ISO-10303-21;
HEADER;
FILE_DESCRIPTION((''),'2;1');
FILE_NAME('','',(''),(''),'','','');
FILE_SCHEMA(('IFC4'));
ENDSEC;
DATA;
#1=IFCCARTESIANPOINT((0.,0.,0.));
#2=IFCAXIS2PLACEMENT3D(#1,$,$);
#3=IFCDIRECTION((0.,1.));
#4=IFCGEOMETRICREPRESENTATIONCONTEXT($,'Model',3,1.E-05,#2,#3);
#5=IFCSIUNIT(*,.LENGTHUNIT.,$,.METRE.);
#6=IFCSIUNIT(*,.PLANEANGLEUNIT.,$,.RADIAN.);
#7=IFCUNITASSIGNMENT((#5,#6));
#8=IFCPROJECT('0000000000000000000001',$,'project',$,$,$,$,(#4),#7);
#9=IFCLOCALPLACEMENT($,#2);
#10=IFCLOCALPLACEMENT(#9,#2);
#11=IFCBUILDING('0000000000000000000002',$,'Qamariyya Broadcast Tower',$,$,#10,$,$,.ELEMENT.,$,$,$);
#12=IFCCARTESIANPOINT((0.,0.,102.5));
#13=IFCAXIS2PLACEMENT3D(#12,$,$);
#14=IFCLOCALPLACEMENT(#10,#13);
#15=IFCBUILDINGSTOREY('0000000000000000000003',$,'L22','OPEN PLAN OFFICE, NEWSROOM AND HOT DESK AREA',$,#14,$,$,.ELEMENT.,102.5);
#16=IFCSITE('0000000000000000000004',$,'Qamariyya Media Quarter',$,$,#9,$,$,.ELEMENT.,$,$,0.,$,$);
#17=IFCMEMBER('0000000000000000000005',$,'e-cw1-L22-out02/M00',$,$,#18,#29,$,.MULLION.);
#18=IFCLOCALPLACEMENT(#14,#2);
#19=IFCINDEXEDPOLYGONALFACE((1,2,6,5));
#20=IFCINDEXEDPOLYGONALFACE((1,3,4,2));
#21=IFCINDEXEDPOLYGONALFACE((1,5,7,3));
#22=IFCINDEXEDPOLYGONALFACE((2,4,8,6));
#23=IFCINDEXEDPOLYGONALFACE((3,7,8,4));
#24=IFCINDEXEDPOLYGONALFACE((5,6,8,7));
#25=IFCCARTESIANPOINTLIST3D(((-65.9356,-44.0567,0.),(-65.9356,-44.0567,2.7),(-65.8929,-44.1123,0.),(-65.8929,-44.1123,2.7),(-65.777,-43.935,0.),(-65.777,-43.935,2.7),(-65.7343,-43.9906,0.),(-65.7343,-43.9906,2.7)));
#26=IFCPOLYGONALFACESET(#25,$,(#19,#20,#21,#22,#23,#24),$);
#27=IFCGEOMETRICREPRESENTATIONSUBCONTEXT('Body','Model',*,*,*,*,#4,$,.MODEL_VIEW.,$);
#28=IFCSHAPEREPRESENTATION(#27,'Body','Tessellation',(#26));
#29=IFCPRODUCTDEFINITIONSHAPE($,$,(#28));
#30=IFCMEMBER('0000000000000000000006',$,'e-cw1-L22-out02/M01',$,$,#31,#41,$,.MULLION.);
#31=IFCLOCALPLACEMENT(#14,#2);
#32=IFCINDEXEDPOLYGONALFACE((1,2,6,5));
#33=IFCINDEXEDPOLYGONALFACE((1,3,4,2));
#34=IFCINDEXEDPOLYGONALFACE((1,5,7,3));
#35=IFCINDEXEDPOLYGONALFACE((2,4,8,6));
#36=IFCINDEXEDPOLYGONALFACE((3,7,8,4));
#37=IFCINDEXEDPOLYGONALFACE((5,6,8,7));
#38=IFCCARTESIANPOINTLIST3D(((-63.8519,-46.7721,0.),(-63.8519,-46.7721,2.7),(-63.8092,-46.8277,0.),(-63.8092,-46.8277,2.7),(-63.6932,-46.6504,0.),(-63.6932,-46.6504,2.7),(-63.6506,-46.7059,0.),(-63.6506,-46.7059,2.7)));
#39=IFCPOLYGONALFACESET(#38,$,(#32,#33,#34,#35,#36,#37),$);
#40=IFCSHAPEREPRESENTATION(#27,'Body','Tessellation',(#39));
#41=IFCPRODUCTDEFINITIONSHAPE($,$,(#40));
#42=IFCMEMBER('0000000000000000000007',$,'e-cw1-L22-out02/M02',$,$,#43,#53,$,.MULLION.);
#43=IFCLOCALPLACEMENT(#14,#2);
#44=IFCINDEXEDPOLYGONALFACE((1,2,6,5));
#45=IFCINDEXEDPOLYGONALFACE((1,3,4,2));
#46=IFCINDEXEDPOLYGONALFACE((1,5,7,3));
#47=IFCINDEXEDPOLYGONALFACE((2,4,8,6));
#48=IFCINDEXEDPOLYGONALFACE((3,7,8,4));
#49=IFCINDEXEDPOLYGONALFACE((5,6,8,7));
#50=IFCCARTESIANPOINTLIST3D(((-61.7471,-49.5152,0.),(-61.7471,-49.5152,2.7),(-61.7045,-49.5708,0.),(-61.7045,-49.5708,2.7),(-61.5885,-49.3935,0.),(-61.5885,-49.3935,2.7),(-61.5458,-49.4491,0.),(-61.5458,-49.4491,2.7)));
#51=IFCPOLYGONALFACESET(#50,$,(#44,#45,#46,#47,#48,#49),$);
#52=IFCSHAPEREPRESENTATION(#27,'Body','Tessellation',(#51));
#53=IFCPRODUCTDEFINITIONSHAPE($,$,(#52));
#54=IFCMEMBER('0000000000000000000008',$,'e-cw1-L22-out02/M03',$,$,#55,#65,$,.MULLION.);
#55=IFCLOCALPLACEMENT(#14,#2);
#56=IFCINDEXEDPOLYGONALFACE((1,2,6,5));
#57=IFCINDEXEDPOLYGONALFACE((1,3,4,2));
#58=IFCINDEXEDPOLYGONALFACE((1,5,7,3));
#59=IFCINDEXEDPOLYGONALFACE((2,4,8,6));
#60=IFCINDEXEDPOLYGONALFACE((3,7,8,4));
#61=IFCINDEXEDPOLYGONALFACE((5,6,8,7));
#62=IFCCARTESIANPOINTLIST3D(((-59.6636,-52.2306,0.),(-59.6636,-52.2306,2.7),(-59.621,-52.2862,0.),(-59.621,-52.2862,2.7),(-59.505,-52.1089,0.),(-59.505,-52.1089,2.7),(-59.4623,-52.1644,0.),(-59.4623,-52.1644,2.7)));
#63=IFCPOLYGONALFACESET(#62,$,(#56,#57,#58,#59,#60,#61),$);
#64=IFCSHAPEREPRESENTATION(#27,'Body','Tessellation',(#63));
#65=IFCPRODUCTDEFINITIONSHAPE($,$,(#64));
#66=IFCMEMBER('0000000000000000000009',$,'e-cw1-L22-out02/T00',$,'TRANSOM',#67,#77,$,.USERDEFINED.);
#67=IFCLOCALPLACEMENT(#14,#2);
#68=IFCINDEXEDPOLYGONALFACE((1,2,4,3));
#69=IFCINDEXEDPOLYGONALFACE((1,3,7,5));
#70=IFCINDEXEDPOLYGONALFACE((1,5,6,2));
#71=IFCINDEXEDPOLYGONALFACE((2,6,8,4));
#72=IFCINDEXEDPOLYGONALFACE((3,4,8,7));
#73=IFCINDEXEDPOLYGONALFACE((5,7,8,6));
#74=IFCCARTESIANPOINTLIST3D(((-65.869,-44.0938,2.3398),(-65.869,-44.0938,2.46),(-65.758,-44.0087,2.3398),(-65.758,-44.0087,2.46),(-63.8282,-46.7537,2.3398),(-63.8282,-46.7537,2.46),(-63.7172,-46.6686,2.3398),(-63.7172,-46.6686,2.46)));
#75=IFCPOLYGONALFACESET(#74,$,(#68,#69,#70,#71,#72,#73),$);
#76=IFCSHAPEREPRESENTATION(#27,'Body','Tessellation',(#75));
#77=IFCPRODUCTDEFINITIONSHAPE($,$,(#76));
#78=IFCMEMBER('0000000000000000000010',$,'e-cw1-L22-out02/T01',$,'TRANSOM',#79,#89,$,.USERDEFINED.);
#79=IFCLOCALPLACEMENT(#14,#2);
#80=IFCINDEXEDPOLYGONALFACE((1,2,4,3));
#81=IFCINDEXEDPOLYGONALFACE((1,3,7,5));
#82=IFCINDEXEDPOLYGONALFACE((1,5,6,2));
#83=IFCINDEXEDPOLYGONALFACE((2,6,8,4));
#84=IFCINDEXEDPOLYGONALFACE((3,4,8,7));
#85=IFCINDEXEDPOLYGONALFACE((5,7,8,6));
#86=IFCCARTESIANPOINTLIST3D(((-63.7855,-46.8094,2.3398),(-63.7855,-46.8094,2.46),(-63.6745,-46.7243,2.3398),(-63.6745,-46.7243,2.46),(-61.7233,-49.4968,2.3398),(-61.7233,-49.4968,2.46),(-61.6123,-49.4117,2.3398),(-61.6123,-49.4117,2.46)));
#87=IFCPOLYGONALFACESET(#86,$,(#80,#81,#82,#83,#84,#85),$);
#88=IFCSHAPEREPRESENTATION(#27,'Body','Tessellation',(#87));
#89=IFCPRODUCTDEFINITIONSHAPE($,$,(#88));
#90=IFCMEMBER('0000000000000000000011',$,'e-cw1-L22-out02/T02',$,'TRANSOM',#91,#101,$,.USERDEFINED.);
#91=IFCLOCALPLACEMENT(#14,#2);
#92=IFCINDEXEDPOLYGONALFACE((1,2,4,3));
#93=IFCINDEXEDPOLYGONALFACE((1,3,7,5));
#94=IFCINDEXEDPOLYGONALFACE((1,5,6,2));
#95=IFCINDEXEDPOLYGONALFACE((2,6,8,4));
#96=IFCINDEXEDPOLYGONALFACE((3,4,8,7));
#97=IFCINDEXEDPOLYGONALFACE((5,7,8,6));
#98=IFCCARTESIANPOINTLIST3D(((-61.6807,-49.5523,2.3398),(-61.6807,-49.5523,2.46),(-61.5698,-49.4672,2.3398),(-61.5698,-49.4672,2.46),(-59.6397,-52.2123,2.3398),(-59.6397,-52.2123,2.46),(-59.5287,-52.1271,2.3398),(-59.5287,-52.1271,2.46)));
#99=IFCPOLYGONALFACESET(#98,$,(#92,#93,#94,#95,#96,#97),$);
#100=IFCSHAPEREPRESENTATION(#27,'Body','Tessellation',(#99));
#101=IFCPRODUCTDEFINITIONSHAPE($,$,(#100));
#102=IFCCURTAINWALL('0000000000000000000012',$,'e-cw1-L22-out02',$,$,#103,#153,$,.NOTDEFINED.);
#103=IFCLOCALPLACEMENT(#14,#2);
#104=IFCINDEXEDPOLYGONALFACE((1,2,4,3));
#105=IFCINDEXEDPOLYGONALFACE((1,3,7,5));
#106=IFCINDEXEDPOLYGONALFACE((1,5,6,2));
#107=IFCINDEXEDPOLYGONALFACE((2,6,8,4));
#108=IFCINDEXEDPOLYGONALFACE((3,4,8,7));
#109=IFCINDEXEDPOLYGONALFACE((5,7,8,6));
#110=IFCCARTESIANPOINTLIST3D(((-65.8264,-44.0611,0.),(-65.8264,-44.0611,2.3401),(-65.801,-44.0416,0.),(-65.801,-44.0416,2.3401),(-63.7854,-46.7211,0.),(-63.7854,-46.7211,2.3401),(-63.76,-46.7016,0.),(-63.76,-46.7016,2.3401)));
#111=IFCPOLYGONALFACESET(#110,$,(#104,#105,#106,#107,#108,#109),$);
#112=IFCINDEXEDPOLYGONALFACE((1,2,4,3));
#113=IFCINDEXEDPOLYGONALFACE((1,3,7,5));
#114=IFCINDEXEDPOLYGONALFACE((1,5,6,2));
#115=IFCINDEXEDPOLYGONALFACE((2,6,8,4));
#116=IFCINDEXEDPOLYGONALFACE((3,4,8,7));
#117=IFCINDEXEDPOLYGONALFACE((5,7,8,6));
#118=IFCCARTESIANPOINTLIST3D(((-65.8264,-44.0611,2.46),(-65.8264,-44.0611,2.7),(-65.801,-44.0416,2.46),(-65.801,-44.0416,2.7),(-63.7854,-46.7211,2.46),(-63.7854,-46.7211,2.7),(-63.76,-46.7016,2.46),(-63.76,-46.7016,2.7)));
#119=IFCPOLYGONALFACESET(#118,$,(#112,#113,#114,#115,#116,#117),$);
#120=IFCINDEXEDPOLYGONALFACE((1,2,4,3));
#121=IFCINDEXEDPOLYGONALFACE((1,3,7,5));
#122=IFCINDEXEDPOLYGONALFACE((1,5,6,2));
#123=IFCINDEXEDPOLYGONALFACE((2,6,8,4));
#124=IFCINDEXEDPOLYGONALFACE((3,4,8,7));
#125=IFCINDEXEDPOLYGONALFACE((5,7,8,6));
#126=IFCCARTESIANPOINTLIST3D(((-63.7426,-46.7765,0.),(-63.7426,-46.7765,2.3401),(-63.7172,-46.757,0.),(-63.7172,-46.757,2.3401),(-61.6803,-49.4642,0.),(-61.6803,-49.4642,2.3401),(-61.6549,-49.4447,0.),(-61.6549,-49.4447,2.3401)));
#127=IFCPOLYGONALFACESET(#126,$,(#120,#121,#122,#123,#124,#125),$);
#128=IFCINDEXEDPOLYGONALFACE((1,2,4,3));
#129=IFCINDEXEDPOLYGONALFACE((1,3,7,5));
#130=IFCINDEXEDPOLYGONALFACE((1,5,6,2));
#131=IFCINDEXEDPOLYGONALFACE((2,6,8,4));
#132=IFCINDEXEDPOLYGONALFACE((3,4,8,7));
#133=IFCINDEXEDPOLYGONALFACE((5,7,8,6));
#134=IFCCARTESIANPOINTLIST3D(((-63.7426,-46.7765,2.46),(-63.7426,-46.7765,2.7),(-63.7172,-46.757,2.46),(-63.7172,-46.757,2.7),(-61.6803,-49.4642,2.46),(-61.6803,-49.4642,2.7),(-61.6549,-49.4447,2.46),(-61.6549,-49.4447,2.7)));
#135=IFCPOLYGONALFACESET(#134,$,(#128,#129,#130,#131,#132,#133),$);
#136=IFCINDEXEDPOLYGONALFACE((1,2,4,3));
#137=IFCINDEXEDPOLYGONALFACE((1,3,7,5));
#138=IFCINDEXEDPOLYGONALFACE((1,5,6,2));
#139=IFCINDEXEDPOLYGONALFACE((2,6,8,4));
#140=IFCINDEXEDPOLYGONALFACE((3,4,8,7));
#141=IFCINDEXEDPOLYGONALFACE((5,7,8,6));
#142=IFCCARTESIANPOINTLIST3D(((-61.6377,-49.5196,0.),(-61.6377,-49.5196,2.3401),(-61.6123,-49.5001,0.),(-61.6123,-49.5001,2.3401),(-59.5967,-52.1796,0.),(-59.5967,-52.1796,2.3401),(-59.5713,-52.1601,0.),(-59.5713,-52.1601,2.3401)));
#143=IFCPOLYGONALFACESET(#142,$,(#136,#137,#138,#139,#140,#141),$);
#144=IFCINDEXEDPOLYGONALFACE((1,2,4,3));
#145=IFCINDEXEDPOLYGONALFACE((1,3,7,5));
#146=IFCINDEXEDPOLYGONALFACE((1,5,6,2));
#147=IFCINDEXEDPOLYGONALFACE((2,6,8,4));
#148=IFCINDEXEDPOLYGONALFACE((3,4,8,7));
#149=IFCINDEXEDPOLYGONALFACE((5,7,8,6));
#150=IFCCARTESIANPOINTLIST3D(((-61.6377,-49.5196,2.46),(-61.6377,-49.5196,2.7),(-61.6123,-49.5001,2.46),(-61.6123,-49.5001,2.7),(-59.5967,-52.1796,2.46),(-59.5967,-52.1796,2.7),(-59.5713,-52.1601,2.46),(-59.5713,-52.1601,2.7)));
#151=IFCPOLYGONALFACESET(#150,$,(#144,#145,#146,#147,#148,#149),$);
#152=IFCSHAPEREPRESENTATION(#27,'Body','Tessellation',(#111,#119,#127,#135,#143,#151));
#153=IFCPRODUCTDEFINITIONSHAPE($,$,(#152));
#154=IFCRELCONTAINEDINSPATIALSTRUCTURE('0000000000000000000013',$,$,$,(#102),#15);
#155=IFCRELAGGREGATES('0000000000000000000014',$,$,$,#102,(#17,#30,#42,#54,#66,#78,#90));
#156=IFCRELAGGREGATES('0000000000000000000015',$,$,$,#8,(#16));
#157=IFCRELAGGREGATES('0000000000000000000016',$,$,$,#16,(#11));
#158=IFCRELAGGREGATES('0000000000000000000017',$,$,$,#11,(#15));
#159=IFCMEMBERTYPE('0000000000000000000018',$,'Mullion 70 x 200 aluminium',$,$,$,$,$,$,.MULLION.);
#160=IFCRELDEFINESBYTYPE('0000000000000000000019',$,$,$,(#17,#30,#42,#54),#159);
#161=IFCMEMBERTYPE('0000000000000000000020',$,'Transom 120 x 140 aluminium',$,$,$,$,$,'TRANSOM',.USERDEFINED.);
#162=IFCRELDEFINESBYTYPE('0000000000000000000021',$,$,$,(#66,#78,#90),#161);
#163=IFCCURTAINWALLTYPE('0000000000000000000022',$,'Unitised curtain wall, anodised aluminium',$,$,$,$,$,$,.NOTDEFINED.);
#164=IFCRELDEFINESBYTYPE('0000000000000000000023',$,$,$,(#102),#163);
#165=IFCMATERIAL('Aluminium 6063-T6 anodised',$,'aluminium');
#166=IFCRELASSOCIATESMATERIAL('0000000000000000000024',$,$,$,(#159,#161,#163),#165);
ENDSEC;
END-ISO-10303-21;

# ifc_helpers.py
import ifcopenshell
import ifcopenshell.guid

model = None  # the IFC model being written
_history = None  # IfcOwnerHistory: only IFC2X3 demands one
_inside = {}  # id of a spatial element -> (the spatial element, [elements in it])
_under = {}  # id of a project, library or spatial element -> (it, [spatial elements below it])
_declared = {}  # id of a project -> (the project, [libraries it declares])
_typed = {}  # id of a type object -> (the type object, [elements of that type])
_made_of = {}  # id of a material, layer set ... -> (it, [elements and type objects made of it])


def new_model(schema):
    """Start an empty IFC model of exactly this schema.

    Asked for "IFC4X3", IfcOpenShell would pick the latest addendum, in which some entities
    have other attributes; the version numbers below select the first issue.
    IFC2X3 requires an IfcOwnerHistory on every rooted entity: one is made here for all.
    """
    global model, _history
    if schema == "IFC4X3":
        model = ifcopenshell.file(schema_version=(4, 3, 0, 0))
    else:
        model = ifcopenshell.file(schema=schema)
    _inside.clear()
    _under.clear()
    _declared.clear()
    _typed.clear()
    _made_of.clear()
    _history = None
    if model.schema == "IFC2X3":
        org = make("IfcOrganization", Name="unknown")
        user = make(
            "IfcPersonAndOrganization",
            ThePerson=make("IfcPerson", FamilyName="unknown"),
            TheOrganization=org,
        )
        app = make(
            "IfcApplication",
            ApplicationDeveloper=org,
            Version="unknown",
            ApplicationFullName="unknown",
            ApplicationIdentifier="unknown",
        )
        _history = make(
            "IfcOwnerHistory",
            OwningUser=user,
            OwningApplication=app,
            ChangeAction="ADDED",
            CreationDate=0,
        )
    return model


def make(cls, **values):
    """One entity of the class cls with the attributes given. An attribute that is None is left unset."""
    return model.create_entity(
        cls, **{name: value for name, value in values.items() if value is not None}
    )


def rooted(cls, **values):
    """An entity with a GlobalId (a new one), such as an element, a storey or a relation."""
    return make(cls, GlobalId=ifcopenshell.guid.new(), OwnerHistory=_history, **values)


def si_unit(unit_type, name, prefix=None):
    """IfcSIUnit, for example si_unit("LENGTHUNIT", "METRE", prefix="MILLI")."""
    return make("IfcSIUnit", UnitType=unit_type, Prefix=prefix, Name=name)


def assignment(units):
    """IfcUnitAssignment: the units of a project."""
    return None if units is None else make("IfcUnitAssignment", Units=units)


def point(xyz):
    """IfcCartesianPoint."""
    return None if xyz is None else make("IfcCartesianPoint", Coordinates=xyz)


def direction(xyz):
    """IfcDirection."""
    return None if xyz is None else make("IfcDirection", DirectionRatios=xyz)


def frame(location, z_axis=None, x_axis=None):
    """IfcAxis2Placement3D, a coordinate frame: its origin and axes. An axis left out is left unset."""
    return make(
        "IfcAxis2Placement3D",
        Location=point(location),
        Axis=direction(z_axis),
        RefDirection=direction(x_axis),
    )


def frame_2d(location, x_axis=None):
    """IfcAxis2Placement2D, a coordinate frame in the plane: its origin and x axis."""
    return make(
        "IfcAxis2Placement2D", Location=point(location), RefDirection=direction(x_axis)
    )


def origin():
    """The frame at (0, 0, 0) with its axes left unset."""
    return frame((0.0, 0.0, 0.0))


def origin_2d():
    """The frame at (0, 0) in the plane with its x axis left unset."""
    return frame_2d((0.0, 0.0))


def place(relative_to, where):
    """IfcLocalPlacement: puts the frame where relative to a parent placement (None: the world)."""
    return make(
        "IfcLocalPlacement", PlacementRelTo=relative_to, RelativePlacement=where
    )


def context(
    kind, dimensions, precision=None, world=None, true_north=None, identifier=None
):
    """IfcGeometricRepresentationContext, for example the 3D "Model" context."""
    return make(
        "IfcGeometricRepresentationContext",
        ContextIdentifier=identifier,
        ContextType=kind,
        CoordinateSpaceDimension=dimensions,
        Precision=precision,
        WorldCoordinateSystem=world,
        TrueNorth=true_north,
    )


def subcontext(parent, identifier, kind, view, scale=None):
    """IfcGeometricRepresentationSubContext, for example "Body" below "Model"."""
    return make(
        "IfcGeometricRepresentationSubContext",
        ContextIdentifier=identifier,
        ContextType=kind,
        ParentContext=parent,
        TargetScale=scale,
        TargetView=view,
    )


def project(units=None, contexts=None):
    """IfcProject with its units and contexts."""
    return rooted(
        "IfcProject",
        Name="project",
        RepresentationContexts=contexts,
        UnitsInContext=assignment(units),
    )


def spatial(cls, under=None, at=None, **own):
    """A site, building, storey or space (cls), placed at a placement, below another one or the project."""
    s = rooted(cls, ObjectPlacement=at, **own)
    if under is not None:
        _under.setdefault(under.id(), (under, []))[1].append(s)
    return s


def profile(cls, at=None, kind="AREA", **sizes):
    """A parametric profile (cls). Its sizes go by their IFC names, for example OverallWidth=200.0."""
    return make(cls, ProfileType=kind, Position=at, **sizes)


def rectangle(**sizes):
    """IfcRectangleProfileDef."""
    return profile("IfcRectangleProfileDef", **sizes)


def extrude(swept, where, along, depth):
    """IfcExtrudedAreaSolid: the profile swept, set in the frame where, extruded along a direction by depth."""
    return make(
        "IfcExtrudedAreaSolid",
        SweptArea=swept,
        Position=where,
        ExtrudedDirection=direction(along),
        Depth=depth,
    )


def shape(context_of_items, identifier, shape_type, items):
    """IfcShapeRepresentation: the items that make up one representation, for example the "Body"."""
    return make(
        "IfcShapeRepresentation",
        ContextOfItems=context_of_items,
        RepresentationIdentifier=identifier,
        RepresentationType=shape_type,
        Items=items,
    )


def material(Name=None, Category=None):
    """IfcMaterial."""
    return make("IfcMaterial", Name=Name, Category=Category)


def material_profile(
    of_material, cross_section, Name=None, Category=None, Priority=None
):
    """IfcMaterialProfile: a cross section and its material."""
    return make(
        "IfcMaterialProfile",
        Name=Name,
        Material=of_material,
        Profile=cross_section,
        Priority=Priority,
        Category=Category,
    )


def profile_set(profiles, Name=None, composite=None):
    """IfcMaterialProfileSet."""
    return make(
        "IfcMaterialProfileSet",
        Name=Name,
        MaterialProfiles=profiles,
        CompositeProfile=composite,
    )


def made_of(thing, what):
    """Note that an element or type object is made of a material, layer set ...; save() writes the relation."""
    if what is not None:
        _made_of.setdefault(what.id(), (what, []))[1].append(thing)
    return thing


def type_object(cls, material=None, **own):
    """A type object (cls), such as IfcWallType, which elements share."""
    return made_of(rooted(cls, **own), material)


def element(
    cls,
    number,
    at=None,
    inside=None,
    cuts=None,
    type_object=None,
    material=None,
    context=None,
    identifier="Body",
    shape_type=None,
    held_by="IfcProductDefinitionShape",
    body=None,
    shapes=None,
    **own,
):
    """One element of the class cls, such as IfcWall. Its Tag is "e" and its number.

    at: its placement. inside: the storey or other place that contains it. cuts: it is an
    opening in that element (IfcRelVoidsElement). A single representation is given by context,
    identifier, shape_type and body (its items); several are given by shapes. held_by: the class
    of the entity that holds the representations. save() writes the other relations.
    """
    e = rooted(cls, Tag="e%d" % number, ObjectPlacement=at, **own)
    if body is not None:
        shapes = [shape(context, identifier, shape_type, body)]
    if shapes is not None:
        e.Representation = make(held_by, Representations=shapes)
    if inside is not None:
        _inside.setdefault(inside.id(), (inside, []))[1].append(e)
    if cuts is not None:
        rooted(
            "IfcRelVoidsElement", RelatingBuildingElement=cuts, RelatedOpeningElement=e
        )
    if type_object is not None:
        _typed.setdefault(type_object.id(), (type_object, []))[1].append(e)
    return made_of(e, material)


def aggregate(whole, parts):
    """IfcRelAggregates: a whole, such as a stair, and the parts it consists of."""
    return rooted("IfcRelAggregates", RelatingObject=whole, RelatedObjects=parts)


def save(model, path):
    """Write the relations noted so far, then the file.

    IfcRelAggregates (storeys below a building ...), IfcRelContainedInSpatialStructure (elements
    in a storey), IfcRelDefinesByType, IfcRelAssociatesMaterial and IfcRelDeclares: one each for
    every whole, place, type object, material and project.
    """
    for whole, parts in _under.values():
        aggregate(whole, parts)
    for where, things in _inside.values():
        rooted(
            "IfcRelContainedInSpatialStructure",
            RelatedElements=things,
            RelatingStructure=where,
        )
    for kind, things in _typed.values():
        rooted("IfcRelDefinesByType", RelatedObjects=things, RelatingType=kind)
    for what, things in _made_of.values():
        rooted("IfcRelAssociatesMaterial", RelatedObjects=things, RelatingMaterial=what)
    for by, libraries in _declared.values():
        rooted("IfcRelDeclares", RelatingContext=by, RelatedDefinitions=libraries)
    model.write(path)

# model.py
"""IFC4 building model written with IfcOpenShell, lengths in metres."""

from ifc_helpers import new_model, si_unit, direction, frame, origin, origin_2d, place, context, subcontext, project, spatial, rectangle, extrude, material, material_profile, profile_set, type_object, element, aggregate, save


model = new_model("IFC4")

# Units and contexts
model_context = context("Model", 3, precision=1e-05, world=origin(), true_north=direction((0.0, 1.0)))
body_context = subcontext(model_context, "Body", "Model", "MODEL_VIEW")
ifc_project = project(units=[si_unit("LENGTHUNIT", "METRE"), si_unit("PLANEANGLEUNIT", "RADIAN")], contexts=[model_context])

# Members
ifc_material = material(Name="Aluminium 6063-T6 anodised", Category="aluminium")
ifc_material_profile_1 = material_profile(ifc_material, rectangle(XDim=0.2, YDim=0.0701, at=origin_2d()))
ifc_profile_set_1 = profile_set([ifc_material_profile_1], Name="Aluminium 6063-T6 anodised")
member_type_1 = type_object("IfcMemberType", Name="Mullion 70 x 200 aluminium", PredefinedType="MULLION", material=ifc_profile_set_1)
site_placement = place(None, origin())
building_placement = place(site_placement, origin())
storey_placement = place(building_placement, frame((0.0, 0.0, 102.5)))
member_1_placement = place(storey_placement, frame((-65.835, -44.0237, 0.0), z_axis=(0.0, 0.0, 1.0), x_axis=(0.793353, 0.608761, 0.0)))
member_1 = element("IfcMember", 1, at=member_1_placement, type_object=member_type_1, Name="e-cw1-L22-out02/M00", PredefinedType="MULLION", context=body_context, shape_type="SweptSolid", body=[
    extrude(rectangle(XDim=0.2, YDim=0.0701, at=origin_2d()), origin(), (0.0, 0.0, 1.0), 2.7),
])
member_2_placement = place(storey_placement, frame((-63.7512, -46.739, 0.0), z_axis=(0.0, 0.0, 1.0), x_axis=(0.793353, 0.608761, 0.0)))
member_2 = element("IfcMember", 2, at=member_2_placement, type_object=member_type_1, Name="e-cw1-L22-out02/M01", PredefinedType="MULLION", context=body_context, shape_type="SweptSolid", body=[
    extrude(rectangle(XDim=0.2, YDim=0.0701, at=origin_2d()), origin(), (0.0, 0.0, 1.0), 2.7),
])
member_3_placement = place(storey_placement, frame((-61.6465, -49.4822, 0.0), z_axis=(0.0, 0.0, 1.0), x_axis=(0.793353, 0.608761, 0.0)))
member_3 = element("IfcMember", 3, at=member_3_placement, type_object=member_type_1, Name="e-cw1-L22-out02/M02", PredefinedType="MULLION", context=body_context, shape_type="SweptSolid", body=[
    extrude(rectangle(XDim=0.2, YDim=0.0701, at=origin_2d()), origin(), (0.0, 0.0, 1.0), 2.7),
])
member_4_placement = place(storey_placement, frame((-59.563, -52.1975, 0.0), z_axis=(0.0, 0.0, 1.0), x_axis=(0.793353, 0.608761, 0.0)))
member_4 = element("IfcMember", 4, at=member_4_placement, type_object=member_type_1, Name="e-cw1-L22-out02/M03", PredefinedType="MULLION", context=body_context, shape_type="SweptSolid", body=[
    extrude(rectangle(XDim=0.2, YDim=0.0701, at=origin_2d()), origin(), (0.0, 0.0, 1.0), 2.7),
])
ifc_material_profile_2 = material_profile(ifc_material, rectangle(XDim=0.1399, YDim=0.1201, at=origin_2d()))
ifc_profile_set_2 = profile_set([ifc_material_profile_2], Name="Aluminium 6063-T6 anodised")
member_type_2 = type_object("IfcMemberType", Name="Transom 120 x 140 aluminium", ElementType="TRANSOM", PredefinedType="USERDEFINED", material=ifc_profile_set_2)
member_5_placement = place(storey_placement, frame((-65.8135, -44.0513, 2.3999), z_axis=(0.608714, -0.793389, 0.0), x_axis=(0.793389, 0.608714, 0.0)))
member_5 = element("IfcMember", 5, at=member_5_placement, type_object=member_type_2, Name="e-cw1-L22-out02/T00", ObjectType="TRANSOM", PredefinedType="USERDEFINED", context=body_context, shape_type="SweptSolid", body=[
    extrude(rectangle(XDim=0.1399, YDim=0.1201, at=origin_2d()), origin(), (0.0, 0.0, 1.0), 3.3525),
])
member_6_placement = place(storey_placement, frame((-63.73, -46.7668, 2.3999), z_axis=(0.608773, -0.793344, 0.0), x_axis=(0.793344, 0.608773, 0.0)))
member_6 = element("IfcMember", 6, at=member_6_placement, type_object=member_type_2, Name="e-cw1-L22-out02/T01", ObjectType="TRANSOM", PredefinedType="USERDEFINED", context=body_context, shape_type="SweptSolid", body=[
    extrude(rectangle(XDim=0.1399, YDim=0.1201, at=origin_2d()), origin(), (0.0, 0.0, 1.0), 3.3875),
])
member_7_placement = place(storey_placement, frame((-61.6252, -49.5098, 2.3999), z_axis=(0.60876, -0.793354, 0.0), x_axis=(0.793354, 0.60876, 0.0)))
member_7 = element("IfcMember", 7, at=member_7_placement, type_object=member_type_2, Name="e-cw1-L22-out02/T02", ObjectType="TRANSOM", PredefinedType="USERDEFINED", context=body_context, shape_type="SweptSolid", body=[
    extrude(rectangle(XDim=0.1399, YDim=0.1201, at=origin_2d()), origin(), (0.0, 0.0, 1.0), 3.3528),
])

# Site, building, storey
site = spatial("IfcSite", under=ifc_project, at=site_placement, Name="Qamariyya Media Quarter", CompositionType="ELEMENT", RefElevation=0.0)
building = spatial("IfcBuilding", under=site, at=building_placement, Name="Qamariyya Broadcast Tower", CompositionType="ELEMENT")
storey = spatial("IfcBuildingStorey", under=building, at=storey_placement, Name="L22", Description="OPEN PLAN OFFICE, NEWSROOM AND HOT DESK AREA", CompositionType="ELEMENT", Elevation=102.5)

# Curtain wall
curtain_wall_type = type_object("IfcCurtainWallType", Name="Unitised curtain wall, anodised aluminium", PredefinedType="NOTDEFINED", material=ifc_material)
curtain_wall_1_placement = place(storey_placement, origin())
curtain_wall_1 = element("IfcCurtainWall", 8, at=curtain_wall_1_placement, inside=storey, type_object=curtain_wall_type, Name="e-cw1-L22-out02", PredefinedType="NOTDEFINED", context=body_context, shape_type="SweptSolid", body=[
    extrude(rectangle(XDim=3.3528, YDim=0.032, at=origin_2d()), frame((-64.7932, -45.3813, 0.0), x_axis=(0.608761, -0.793354, 0.0)), (0.0, 0.0, 1.0), 2.3401),
    extrude(rectangle(XDim=3.3528, YDim=0.032, at=origin_2d()), frame((-64.7932, -45.3813, 2.46), x_axis=(0.608761, -0.793354, 0.0)), (0.0, 0.0, 1.0), 0.24),
    extrude(rectangle(XDim=3.3877, YDim=0.032, at=origin_2d()), frame((-62.6987, -48.1106, 0.0), x_axis=(0.608761, -0.793354, 0.0)), (0.0, 0.0, 1.0), 2.3401),
    extrude(rectangle(XDim=3.3877, YDim=0.032, at=origin_2d()), frame((-62.6987, -48.1106, 2.46), x_axis=(0.608761, -0.793354, 0.0)), (0.0, 0.0, 1.0), 0.24),
    extrude(rectangle(XDim=3.3528, YDim=0.032, at=origin_2d()), frame((-60.6045, -50.8398, 0.0), x_axis=(0.608761, -0.793354, 0.0)), (0.0, 0.0, 1.0), 2.3401),
    extrude(rectangle(XDim=3.3528, YDim=0.032, at=origin_2d()), frame((-60.6045, -50.8398, 2.46), x_axis=(0.608761, -0.793354, 0.0)), (0.0, 0.0, 1.0), 0.24),
])
aggregate(curtain_wall_1, [member_1, member_2, member_3, member_4, member_5, member_6, member_7])

save(model, "model.ifc")
